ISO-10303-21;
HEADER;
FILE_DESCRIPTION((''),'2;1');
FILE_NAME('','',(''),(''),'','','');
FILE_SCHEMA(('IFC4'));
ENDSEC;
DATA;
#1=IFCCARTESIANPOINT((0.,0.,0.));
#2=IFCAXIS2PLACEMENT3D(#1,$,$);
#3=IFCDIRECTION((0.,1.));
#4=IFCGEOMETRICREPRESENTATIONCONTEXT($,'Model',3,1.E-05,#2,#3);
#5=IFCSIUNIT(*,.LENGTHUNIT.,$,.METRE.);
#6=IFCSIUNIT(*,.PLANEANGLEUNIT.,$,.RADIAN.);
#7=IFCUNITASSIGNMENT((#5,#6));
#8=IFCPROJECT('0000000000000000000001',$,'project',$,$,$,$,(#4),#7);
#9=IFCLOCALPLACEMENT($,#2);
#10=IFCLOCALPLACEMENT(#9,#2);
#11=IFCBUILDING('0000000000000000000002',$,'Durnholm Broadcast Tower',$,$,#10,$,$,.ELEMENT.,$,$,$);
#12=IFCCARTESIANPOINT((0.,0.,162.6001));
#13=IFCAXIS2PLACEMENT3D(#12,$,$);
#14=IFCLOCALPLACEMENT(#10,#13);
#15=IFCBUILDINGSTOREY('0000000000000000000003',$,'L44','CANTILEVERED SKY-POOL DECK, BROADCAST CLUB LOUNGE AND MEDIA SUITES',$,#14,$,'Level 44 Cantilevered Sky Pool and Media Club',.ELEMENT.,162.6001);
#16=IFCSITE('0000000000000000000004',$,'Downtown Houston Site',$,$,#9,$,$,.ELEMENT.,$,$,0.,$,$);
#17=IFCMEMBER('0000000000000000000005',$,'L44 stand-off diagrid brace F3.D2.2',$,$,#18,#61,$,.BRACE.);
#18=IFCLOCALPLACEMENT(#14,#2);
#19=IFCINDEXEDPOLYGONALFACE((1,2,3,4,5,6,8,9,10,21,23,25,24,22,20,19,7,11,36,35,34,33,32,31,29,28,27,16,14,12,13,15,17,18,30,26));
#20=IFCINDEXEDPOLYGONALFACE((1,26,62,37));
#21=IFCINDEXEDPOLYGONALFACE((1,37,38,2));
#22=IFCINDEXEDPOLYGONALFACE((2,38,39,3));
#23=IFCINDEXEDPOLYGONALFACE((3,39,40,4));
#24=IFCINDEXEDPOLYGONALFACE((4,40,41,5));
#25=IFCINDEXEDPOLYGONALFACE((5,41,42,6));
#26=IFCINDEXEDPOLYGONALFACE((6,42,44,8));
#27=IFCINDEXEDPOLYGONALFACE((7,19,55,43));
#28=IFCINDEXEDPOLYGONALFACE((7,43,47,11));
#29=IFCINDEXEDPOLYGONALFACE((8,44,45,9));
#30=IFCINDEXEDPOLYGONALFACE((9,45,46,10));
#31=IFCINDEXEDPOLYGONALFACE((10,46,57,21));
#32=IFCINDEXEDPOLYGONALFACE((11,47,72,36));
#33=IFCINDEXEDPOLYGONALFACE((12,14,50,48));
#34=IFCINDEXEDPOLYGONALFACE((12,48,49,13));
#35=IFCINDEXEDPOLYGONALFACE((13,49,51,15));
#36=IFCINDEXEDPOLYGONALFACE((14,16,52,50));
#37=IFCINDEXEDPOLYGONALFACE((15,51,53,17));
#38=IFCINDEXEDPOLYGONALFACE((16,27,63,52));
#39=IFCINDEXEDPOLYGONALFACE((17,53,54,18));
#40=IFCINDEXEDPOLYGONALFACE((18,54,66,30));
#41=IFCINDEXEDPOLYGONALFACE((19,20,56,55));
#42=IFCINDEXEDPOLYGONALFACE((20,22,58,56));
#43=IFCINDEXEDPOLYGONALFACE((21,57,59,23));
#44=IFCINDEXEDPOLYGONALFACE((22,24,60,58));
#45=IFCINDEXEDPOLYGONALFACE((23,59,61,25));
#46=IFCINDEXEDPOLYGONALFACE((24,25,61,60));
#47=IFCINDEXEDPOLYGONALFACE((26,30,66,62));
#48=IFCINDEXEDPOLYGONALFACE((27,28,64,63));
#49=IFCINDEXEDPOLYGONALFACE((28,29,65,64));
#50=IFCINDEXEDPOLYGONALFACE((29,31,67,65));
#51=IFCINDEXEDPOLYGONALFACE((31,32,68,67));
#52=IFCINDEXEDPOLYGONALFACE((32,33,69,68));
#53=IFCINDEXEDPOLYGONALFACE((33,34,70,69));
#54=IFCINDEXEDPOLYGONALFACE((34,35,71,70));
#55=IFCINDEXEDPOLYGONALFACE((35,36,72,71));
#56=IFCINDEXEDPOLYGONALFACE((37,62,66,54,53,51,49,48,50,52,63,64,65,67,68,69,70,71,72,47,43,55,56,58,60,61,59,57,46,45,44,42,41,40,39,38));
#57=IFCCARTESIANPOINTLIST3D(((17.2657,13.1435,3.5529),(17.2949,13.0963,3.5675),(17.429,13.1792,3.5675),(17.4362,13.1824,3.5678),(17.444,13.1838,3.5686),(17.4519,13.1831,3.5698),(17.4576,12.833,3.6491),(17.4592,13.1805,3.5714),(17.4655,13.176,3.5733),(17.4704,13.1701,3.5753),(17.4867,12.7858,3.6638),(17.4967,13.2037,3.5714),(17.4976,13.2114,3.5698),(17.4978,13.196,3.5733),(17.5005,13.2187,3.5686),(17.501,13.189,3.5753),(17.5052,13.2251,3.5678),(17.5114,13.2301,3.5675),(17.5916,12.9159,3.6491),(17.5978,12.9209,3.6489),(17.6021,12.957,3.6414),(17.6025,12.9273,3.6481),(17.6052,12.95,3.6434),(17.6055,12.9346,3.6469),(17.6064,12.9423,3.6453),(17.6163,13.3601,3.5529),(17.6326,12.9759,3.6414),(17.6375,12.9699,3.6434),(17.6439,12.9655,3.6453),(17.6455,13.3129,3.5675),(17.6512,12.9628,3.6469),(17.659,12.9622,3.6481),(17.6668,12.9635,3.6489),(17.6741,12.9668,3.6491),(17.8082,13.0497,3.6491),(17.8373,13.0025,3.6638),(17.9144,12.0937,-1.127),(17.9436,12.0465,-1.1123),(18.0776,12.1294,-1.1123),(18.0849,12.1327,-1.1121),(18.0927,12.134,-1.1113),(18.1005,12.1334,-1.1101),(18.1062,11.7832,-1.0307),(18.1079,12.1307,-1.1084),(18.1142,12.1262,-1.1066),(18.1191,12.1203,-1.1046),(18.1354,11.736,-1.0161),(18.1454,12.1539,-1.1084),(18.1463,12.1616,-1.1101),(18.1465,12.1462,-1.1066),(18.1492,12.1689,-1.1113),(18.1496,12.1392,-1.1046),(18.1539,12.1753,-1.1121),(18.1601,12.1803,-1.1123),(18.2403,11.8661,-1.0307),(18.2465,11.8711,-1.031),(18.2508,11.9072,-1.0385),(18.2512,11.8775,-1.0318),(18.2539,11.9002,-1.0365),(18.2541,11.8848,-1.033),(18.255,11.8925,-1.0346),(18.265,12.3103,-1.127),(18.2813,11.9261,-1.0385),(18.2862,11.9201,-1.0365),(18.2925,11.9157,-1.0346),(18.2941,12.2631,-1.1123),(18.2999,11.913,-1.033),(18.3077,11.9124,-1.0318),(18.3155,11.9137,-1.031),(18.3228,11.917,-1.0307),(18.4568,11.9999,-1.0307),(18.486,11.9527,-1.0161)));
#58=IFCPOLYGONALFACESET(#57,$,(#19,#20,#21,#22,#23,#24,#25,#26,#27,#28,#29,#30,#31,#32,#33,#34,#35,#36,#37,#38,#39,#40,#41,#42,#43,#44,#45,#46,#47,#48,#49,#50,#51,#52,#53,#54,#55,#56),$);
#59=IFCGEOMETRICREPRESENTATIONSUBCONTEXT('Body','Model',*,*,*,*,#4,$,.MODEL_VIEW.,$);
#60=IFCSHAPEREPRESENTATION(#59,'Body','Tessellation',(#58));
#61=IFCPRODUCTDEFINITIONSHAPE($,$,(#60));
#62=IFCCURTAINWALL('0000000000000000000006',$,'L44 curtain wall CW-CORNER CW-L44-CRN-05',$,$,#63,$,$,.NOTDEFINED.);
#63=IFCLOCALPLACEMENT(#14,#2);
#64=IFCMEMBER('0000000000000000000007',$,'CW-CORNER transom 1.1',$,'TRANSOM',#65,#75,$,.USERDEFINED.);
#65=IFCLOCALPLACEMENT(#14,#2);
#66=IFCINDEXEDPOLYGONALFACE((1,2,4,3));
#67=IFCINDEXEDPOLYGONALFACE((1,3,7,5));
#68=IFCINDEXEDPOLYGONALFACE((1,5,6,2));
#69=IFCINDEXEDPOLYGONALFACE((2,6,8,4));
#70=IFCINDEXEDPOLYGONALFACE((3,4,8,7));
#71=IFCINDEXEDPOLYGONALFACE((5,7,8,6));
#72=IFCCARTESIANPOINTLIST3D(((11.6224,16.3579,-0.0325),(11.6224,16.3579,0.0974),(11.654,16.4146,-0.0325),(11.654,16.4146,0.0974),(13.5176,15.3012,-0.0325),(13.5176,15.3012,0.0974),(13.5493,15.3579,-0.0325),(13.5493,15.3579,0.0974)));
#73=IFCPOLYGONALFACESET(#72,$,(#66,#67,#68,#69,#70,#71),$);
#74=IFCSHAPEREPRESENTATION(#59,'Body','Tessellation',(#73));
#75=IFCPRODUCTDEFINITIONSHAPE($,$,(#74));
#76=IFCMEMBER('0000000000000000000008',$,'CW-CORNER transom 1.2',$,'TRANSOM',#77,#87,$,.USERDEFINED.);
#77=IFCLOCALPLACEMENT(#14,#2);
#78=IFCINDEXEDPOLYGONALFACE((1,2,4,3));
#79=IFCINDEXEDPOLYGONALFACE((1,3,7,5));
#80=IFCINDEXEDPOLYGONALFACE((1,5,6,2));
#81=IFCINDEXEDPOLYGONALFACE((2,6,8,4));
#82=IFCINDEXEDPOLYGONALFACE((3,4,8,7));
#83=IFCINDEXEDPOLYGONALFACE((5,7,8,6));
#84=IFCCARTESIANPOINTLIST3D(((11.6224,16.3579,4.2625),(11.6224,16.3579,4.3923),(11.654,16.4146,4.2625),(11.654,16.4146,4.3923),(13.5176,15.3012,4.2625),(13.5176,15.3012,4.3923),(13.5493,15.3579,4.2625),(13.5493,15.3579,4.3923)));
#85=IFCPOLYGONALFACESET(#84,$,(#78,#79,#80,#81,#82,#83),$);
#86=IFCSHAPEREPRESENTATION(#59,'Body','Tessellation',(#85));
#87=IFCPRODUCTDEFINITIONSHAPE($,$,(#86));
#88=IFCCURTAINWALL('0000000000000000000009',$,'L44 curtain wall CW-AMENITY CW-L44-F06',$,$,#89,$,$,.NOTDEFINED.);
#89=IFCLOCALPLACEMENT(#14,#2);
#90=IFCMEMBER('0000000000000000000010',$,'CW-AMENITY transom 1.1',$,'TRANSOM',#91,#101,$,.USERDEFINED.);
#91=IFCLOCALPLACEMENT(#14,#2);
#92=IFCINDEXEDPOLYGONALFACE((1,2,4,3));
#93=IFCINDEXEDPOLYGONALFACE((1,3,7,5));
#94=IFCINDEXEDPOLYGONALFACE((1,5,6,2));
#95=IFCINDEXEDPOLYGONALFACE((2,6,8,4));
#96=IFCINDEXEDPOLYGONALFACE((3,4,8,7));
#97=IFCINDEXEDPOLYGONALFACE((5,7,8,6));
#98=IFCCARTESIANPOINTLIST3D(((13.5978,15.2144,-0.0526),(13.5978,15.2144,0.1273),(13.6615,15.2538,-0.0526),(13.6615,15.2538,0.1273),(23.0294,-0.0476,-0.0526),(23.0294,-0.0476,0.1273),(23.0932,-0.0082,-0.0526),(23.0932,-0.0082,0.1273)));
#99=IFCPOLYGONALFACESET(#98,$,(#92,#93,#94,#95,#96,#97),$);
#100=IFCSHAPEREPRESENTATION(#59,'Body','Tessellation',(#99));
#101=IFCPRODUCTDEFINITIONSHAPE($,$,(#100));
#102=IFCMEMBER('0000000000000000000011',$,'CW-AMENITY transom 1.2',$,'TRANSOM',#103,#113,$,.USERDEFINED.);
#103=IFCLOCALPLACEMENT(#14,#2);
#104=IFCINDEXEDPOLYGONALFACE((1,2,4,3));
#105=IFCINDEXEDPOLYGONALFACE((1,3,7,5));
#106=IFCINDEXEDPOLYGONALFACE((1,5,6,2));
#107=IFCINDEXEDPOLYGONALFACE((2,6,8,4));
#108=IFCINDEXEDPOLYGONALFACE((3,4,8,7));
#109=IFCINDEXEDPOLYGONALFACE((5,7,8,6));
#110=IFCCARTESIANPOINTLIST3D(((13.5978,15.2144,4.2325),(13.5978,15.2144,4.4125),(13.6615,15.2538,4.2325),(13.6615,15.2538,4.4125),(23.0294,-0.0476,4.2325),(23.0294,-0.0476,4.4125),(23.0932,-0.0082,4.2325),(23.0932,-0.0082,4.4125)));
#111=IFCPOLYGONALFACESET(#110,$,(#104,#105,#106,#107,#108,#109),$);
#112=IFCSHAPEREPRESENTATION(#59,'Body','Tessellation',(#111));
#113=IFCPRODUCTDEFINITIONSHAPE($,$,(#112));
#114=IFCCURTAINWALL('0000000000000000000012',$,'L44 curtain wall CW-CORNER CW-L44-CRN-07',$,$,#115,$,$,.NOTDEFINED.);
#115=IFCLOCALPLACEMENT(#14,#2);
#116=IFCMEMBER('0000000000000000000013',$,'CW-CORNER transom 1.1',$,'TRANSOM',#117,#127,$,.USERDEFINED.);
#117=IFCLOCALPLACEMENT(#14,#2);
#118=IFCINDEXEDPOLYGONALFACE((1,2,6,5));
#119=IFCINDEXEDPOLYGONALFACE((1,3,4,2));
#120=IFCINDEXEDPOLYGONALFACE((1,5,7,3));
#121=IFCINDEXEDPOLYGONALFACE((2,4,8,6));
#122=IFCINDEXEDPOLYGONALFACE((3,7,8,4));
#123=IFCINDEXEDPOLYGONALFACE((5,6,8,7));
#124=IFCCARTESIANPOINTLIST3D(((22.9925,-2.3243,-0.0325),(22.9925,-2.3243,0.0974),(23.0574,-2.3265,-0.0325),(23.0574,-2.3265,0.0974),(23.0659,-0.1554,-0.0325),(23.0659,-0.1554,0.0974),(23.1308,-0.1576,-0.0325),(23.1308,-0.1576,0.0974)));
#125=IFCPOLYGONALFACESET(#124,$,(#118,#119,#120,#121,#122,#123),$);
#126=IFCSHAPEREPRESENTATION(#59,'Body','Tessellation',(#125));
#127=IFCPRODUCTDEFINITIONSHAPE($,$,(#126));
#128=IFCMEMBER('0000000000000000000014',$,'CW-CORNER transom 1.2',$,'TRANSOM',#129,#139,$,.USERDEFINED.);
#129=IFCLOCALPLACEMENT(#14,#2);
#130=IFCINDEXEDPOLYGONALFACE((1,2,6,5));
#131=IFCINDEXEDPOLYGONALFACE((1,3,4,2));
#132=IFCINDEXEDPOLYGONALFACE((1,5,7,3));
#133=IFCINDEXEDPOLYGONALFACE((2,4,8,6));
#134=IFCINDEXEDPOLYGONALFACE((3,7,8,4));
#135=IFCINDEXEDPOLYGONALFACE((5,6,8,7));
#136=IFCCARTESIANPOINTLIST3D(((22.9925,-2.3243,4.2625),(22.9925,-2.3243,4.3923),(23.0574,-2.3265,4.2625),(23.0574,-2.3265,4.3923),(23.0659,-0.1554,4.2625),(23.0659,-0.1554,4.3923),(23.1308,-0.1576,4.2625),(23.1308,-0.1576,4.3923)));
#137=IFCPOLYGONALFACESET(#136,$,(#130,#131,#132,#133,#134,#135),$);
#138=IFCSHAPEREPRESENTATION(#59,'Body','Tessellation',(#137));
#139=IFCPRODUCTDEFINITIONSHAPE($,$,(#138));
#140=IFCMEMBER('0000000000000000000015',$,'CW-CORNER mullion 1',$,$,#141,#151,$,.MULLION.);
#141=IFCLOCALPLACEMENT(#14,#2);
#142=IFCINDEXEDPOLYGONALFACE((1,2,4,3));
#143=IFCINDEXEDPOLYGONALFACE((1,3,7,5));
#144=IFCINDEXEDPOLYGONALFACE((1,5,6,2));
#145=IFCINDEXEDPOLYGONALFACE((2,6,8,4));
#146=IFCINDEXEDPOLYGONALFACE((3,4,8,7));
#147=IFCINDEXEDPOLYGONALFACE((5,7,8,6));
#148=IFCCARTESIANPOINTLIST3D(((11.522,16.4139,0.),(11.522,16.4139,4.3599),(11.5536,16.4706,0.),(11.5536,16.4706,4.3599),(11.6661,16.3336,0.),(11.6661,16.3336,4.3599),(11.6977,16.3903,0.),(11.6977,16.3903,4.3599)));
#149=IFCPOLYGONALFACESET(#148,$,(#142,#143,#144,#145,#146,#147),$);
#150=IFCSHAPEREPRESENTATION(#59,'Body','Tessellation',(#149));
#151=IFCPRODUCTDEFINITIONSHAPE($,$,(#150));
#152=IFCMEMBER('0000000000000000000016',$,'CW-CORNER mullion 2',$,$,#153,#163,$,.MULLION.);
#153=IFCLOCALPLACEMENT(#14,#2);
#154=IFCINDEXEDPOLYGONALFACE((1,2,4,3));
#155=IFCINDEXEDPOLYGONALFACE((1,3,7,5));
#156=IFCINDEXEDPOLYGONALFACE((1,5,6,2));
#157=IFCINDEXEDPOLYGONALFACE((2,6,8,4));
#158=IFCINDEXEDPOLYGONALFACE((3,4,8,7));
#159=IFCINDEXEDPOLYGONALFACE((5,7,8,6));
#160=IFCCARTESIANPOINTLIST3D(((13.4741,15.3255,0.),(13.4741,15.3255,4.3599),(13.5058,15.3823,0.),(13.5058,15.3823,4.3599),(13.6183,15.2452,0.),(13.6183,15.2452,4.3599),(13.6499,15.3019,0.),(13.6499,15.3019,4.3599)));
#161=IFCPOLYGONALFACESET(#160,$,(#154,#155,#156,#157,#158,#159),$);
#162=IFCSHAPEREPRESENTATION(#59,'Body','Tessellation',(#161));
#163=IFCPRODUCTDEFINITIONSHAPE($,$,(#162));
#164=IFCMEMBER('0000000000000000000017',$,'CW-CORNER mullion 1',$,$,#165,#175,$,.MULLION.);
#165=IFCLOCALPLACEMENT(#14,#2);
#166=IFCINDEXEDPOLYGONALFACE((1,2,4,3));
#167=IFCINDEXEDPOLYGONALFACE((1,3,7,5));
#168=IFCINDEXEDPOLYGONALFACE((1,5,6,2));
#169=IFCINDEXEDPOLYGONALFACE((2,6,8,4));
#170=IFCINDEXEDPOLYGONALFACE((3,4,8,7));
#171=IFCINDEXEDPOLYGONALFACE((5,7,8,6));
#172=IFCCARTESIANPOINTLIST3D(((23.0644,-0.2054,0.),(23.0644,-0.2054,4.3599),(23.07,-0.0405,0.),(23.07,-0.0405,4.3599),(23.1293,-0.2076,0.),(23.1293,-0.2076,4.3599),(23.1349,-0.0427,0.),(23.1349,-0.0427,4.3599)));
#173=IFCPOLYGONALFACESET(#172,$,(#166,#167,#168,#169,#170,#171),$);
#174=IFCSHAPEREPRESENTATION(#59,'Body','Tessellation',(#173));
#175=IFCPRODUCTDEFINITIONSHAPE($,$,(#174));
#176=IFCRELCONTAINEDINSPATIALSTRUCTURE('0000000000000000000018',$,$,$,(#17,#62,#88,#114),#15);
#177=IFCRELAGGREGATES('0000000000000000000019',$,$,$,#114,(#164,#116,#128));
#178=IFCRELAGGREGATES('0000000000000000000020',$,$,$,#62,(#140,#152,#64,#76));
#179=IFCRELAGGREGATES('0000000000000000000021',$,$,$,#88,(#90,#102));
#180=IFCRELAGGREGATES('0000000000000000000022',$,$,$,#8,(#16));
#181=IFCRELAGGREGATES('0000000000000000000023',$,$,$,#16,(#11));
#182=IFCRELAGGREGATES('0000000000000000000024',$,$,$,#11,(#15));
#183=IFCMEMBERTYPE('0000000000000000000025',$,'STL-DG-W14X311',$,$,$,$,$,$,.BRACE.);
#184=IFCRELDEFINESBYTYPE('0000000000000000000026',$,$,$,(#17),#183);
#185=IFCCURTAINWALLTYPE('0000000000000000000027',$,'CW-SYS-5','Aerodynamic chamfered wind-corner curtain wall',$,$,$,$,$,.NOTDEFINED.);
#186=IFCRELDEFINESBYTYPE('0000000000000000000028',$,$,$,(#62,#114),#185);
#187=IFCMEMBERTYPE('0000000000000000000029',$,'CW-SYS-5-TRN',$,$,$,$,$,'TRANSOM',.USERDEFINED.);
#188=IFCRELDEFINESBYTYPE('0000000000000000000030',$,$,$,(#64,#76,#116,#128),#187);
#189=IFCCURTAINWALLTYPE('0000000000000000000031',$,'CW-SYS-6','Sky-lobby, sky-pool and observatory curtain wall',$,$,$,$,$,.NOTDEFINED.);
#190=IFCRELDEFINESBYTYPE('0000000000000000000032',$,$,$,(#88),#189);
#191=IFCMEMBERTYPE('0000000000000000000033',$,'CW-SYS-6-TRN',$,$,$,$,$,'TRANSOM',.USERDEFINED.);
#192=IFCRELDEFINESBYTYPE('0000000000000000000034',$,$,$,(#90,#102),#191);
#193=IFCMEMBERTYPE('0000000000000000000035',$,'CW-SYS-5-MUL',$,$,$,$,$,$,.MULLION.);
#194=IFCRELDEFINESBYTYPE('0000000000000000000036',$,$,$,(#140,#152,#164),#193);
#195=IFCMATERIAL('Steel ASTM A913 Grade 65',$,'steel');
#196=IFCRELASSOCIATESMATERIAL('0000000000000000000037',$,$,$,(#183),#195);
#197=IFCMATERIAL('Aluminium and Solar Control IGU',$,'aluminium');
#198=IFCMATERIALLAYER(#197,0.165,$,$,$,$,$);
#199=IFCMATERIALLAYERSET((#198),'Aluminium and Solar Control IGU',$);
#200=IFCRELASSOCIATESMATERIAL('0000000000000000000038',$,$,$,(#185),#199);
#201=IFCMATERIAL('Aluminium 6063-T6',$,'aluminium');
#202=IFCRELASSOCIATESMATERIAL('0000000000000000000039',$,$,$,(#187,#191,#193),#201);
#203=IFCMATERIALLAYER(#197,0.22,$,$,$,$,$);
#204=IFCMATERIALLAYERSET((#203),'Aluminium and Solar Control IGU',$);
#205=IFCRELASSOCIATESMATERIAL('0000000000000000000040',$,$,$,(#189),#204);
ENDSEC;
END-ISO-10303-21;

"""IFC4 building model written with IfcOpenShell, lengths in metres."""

from ifc_helpers import new_model, si_unit, direction, frame, origin, origin_2d, place, context, subcontext, project, spatial, rectangle, i_section, extrude, source, transform, mapped, material, layer, layer_set, material_profile, profile_set, type_object, type_shapes, element, aggregate, save


model = new_model("IFC4")

# Units and contexts
model_context = context("Model", 3, precision=1e-05, world=origin(), true_north=direction((0.0, 1.0)))
body_context = subcontext(model_context, "Body", "Model", "MODEL_VIEW")
ifc_project = project(units=[si_unit("LENGTHUNIT", "METRE"), si_unit("PLANEANGLEUNIT", "RADIAN")], contexts=[model_context])

# Site, building, storey
site_placement = place(None, origin())
site = spatial("IfcSite", under=ifc_project, at=site_placement, Name="Downtown Houston Site", CompositionType="ELEMENT", RefElevation=0.0)
building_placement = place(site_placement, origin())
building = spatial("IfcBuilding", under=site, at=building_placement, Name="Durnholm Broadcast Tower", CompositionType="ELEMENT")
storey_placement = place(building_placement, frame((0.0, 0.0, 162.6001)))
storey = spatial("IfcBuildingStorey", under=building, at=storey_placement, Name="L44", Description="CANTILEVERED SKY-POOL DECK, BROADCAST CLUB LOUNGE AND MEDIA SUITES", LongName="Level 44 Cantilevered Sky Pool and Media Club", CompositionType="ELEMENT", Elevation=162.6001)

# Member
ifc_material_1 = material(Name="Steel ASTM A913 Grade 65", Category="steel")
ifc_material_profile_1 = material_profile(ifc_material_1, i_section(OverallWidth=0.4121, OverallDepth=0.4348, WebThickness=0.0359, FlangeThickness=0.0574, FilletRadius=0.0305, at=origin_2d()), Name="W14X311")
ifc_profile_set_1 = profile_set([ifc_material_profile_1], Name="Steel ASTM A913 Grade 65")
member_type_1 = type_object("IfcMemberType", Name="STL-DG-W14X311", PredefinedType="BRACE", material=ifc_profile_set_1)
shared_shape_1 = source(origin(), body_context, "Body", "SweptSolid", [
    extrude(i_section(OverallWidth=0.4121, OverallDepth=0.4348, WebThickness=0.0359, FlangeThickness=0.0574, FilletRadius=0.0305, at=origin_2d()), origin(), (0.0, 0.0, 1.0), 4.8398),
])
type_shapes(member_type_1, [shared_shape_1])
for number, where, z_axis, x_axis, name in (
    (1, (18.2002, 12.0232, -1.0715), (-0.134028, 0.216906, 0.966948), (-0.850699, -0.525653, 0.0), "L44 stand-off diagrid brace F3.D2.2"),
):
    element("IfcMember", number, at=place(storey_placement, frame(where, z_axis=z_axis, x_axis=x_axis)), inside=storey, type_object=member_type_1, Name=name, PredefinedType="BRACE", context=body_context, shape_type="MappedRepresentation", body=[
        mapped(shared_shape_1, transform((0.0, 0.0, 0.0), x_axis=(1.0, 0.0, 0.0), y_axis=(0.0, 1.0, 0.0), z_axis=(0.0, 0.0, 1.0), scale=1.0)),
    ])

# Curtain walls, members
ifc_material_2 = material(Name="Aluminium and Solar Control IGU", Category="aluminium")
ifc_layer_1 = layer(ifc_material_2, 0.165)
ifc_layer_set_1 = layer_set([ifc_layer_1], Name="Aluminium and Solar Control IGU")
curtain_wall_type_1 = type_object("IfcCurtainWallType", Name="CW-SYS-5", Description="Aerodynamic chamfered wind-corner curtain wall", PredefinedType="NOTDEFINED", material=ifc_layer_set_1)
curtain_wall_1_placement = place(storey_placement, origin())
curtain_wall_1 = element("IfcCurtainWall", 2, at=curtain_wall_1_placement, inside=storey, type_object=curtain_wall_type_1, Name="L44 curtain wall CW-CORNER CW-L44-CRN-05", PredefinedType="NOTDEFINED")
ifc_material_3 = material(Name="Aluminium 6063-T6", Category="aluminium")
ifc_material_profile_2 = material_profile(ifc_material_3, rectangle(XDim=0.0649, YDim=0.1299, at=origin_2d()), Name="CWT65X130")
ifc_profile_set_2 = profile_set([ifc_material_profile_2], Name="Aluminium 6063-T6")
member_type_2 = type_object("IfcMemberType", Name="CW-SYS-5-TRN", ElementType="TRANSOM", PredefinedType="USERDEFINED", material=ifc_profile_set_2)
shared_shape_2 = source(origin(), body_context, "Body", "SweptSolid", [
    extrude(rectangle(XDim=0.0649, YDim=0.1299, at=origin_2d()), origin(), (0.0, 0.0, 1.0), 2.1699),
])
member_1_placement = place(storey_placement, frame((11.6382, 16.3862, 0.0325), z_axis=(0.873429, -0.486951, 0.0), x_axis=(0.486951, 0.873429, 0.0)))
member_1 = element("IfcMember", 3, at=member_1_placement, type_object=member_type_2, Name="CW-CORNER transom 1.1", ObjectType="TRANSOM", PredefinedType="USERDEFINED", context=body_context, shape_type="MappedRepresentation", body=[
    mapped(shared_shape_2, transform((0.0, 0.0, 0.0), x_axis=(1.0, 0.0, 0.0), y_axis=(0.0, 1.0, 0.0), z_axis=(0.0, 0.0, 1.0), scale=1.0)),
])
member_2_placement = place(storey_placement, frame((11.6382, 16.3862, 4.3274), z_axis=(0.873429, -0.486951, 0.0), x_axis=(0.486951, 0.873429, 0.0)))
member_2 = element("IfcMember", 4, at=member_2_placement, type_object=member_type_2, Name="CW-CORNER transom 1.2", ObjectType="TRANSOM", PredefinedType="USERDEFINED", context=body_context, shape_type="MappedRepresentation", body=[
    mapped(shared_shape_2, transform((0.0, 0.0, 0.0), x_axis=(1.0, 0.0, 0.0), y_axis=(0.0, 1.0, 0.0), z_axis=(0.0, 0.0, 1.0), scale=1.0)),
])
ifc_layer_2 = layer(ifc_material_2, 0.22)
ifc_layer_set_2 = layer_set([ifc_layer_2], Name="Aluminium and Solar Control IGU")
curtain_wall_type_2 = type_object("IfcCurtainWallType", Name="CW-SYS-6", Description="Sky-lobby, sky-pool and observatory curtain wall", PredefinedType="NOTDEFINED", material=ifc_layer_set_2)
curtain_wall_2_placement = place(storey_placement, origin())
curtain_wall_2 = element("IfcCurtainWall", 5, at=curtain_wall_2_placement, inside=storey, type_object=curtain_wall_type_2, Name="L44 curtain wall CW-AMENITY CW-L44-F06", PredefinedType="NOTDEFINED")
ifc_material_profile_3 = material_profile(ifc_material_3, rectangle(XDim=0.075, YDim=0.1799, at=origin_2d()), Name="CWT75X180")
ifc_profile_set_3 = profile_set([ifc_material_profile_3], Name="Aluminium 6063-T6")
member_type_3 = type_object("IfcMemberType", Name="CW-SYS-6-TRN", ElementType="TRANSOM", PredefinedType="USERDEFINED", material=ifc_profile_set_3)
shared_shape_3 = source(origin(), body_context, "Body", "SweptSolid", [
    extrude(rectangle(XDim=0.075, YDim=0.1799, at=origin_2d()), origin(), (0.0, 0.0, 1.0), 17.9412),
])
type_shapes(member_type_3, [shared_shape_3])
member_3_placement = place(storey_placement, frame((13.6296, 15.2341, 0.0374), z_axis=(0.5257, -0.85067, 0.0), x_axis=(0.85067, 0.5257, 0.0)))
member_3 = element("IfcMember", 6, at=member_3_placement, type_object=member_type_3, Name="CW-AMENITY transom 1.1", ObjectType="TRANSOM", PredefinedType="USERDEFINED", context=body_context, shape_type="MappedRepresentation", body=[
    mapped(shared_shape_3, transform((0.0, 0.0, 0.0), x_axis=(1.0, 0.0, 0.0), y_axis=(0.0, 1.0, 0.0), z_axis=(0.0, 0.0, 1.0), scale=1.0)),
])
member_4_placement = place(storey_placement, frame((13.6296, 15.2341, 4.3225), z_axis=(0.5257, -0.85067, 0.0), x_axis=(0.85067, 0.5257, 0.0)))
member_4 = element("IfcMember", 7, at=member_4_placement, type_object=member_type_3, Name="CW-AMENITY transom 1.2", ObjectType="TRANSOM", PredefinedType="USERDEFINED", context=body_context, shape_type="MappedRepresentation", body=[
    mapped(shared_shape_3, transform((0.0, 0.0, 0.0), x_axis=(1.0, 0.0, 0.0), y_axis=(0.0, 1.0, 0.0), z_axis=(0.0, 0.0, 1.0), scale=1.0)),
])
curtain_wall_3_placement = place(storey_placement, origin())
curtain_wall_3 = element("IfcCurtainWall", 8, at=curtain_wall_3_placement, inside=storey, type_object=curtain_wall_type_1, Name="L44 curtain wall CW-CORNER CW-L44-CRN-07", PredefinedType="NOTDEFINED")
shared_shape_4 = source(origin(), body_context, "Body", "SweptSolid", [
    extrude(rectangle(XDim=0.0649, YDim=0.1299, at=origin_2d()), origin(), (0.0, 0.0, 1.0), 2.1702),
])
type_shapes(member_type_2, [shared_shape_2, shared_shape_4])
member_5_placement = place(storey_placement, frame((23.0984, -0.1565, 0.0325), z_axis=(-0.033862, -0.999427, 0.0), x_axis=(0.999427, -0.033862, 0.0)))
member_5 = element("IfcMember", 9, at=member_5_placement, type_object=member_type_2, Name="CW-CORNER transom 1.1", ObjectType="TRANSOM", PredefinedType="USERDEFINED", context=body_context, shape_type="MappedRepresentation", body=[
    mapped(shared_shape_4, transform((0.0, 0.0, 0.0), x_axis=(1.0, 0.0, 0.0), y_axis=(0.0, 1.0, 0.0), z_axis=(0.0, 0.0, 1.0), scale=1.0)),
])
member_6_placement = place(storey_placement, frame((23.0984, -0.1565, 4.3274), z_axis=(-0.033862, -0.999427, 0.0), x_axis=(0.999427, -0.033862, 0.0)))
member_6 = element("IfcMember", 10, at=member_6_placement, type_object=member_type_2, Name="CW-CORNER transom 1.2", ObjectType="TRANSOM", PredefinedType="USERDEFINED", context=body_context, shape_type="MappedRepresentation", body=[
    mapped(shared_shape_4, transform((0.0, 0.0, 0.0), x_axis=(1.0, 0.0, 0.0), y_axis=(0.0, 1.0, 0.0), z_axis=(0.0, 0.0, 1.0), scale=1.0)),
])

# Members
ifc_material_profile_4 = material_profile(ifc_material_3, rectangle(XDim=0.0649, YDim=0.165, at=origin_2d()), Name="CWM65X165")
ifc_profile_set_4 = profile_set([ifc_material_profile_4], Name="Aluminium 6063-T6")
member_type_4 = type_object("IfcMemberType", Name="CW-SYS-5-MUL", PredefinedType="MULLION", material=ifc_profile_set_4)
shared_shape_5 = source(origin(), body_context, "Body", "SweptSolid", [
    extrude(rectangle(XDim=0.0649, YDim=0.165, at=origin_2d()), origin(), (0.0, 0.0, 1.0), 4.3599),
])
type_shapes(member_type_4, [shared_shape_5])
member_7_placement = place(storey_placement, frame((11.6099, 16.4021, 0.0), z_axis=(0.0, 0.0, 1.0), x_axis=(0.486986, 0.87341, 0.0)))
member_7 = element("IfcMember", 11, at=member_7_placement, type_object=member_type_4, Name="CW-CORNER mullion 1", PredefinedType="MULLION", context=body_context, shape_type="MappedRepresentation", body=[
    mapped(shared_shape_5, transform((0.0, 0.0, 0.0), x_axis=(1.0, 0.0, 0.0), y_axis=(0.0, 1.0, 0.0), z_axis=(0.0, 0.0, 1.0), scale=1.0)),
])
member_8_placement = place(storey_placement, frame((13.562, 15.3137, 0.0), z_axis=(0.0, 0.0, 1.0), x_axis=(0.486986, 0.87341, 0.0)))
member_8 = element("IfcMember", 12, at=member_8_placement, type_object=member_type_4, Name="CW-CORNER mullion 2", PredefinedType="MULLION", context=body_context, shape_type="MappedRepresentation", body=[
    mapped(shared_shape_5, transform((0.0, 0.0, 0.0), x_axis=(1.0, 0.0, 0.0), y_axis=(0.0, 1.0, 0.0), z_axis=(0.0, 0.0, 1.0), scale=1.0)),
])
member_9_placement = place(storey_placement, frame((23.0996, -0.124, 0.0), z_axis=(0.0, 0.0, 1.0), x_axis=(0.999425, -0.033913, 0.0)))
member_9 = element("IfcMember", 13, at=member_9_placement, type_object=member_type_4, Name="CW-CORNER mullion 1", PredefinedType="MULLION", context=body_context, shape_type="MappedRepresentation", body=[
    mapped(shared_shape_5, transform((0.0, 0.0, 0.0), x_axis=(1.0, 0.0, 0.0), y_axis=(0.0, 1.0, 0.0), z_axis=(0.0, 0.0, 1.0), scale=1.0)),
])
aggregate(curtain_wall_3, [member_9, member_5, member_6])

aggregate(curtain_wall_1, [member_7, member_8, member_1, member_2])
aggregate(curtain_wall_2, [member_3, member_4])

save(model, "model.ifc")
